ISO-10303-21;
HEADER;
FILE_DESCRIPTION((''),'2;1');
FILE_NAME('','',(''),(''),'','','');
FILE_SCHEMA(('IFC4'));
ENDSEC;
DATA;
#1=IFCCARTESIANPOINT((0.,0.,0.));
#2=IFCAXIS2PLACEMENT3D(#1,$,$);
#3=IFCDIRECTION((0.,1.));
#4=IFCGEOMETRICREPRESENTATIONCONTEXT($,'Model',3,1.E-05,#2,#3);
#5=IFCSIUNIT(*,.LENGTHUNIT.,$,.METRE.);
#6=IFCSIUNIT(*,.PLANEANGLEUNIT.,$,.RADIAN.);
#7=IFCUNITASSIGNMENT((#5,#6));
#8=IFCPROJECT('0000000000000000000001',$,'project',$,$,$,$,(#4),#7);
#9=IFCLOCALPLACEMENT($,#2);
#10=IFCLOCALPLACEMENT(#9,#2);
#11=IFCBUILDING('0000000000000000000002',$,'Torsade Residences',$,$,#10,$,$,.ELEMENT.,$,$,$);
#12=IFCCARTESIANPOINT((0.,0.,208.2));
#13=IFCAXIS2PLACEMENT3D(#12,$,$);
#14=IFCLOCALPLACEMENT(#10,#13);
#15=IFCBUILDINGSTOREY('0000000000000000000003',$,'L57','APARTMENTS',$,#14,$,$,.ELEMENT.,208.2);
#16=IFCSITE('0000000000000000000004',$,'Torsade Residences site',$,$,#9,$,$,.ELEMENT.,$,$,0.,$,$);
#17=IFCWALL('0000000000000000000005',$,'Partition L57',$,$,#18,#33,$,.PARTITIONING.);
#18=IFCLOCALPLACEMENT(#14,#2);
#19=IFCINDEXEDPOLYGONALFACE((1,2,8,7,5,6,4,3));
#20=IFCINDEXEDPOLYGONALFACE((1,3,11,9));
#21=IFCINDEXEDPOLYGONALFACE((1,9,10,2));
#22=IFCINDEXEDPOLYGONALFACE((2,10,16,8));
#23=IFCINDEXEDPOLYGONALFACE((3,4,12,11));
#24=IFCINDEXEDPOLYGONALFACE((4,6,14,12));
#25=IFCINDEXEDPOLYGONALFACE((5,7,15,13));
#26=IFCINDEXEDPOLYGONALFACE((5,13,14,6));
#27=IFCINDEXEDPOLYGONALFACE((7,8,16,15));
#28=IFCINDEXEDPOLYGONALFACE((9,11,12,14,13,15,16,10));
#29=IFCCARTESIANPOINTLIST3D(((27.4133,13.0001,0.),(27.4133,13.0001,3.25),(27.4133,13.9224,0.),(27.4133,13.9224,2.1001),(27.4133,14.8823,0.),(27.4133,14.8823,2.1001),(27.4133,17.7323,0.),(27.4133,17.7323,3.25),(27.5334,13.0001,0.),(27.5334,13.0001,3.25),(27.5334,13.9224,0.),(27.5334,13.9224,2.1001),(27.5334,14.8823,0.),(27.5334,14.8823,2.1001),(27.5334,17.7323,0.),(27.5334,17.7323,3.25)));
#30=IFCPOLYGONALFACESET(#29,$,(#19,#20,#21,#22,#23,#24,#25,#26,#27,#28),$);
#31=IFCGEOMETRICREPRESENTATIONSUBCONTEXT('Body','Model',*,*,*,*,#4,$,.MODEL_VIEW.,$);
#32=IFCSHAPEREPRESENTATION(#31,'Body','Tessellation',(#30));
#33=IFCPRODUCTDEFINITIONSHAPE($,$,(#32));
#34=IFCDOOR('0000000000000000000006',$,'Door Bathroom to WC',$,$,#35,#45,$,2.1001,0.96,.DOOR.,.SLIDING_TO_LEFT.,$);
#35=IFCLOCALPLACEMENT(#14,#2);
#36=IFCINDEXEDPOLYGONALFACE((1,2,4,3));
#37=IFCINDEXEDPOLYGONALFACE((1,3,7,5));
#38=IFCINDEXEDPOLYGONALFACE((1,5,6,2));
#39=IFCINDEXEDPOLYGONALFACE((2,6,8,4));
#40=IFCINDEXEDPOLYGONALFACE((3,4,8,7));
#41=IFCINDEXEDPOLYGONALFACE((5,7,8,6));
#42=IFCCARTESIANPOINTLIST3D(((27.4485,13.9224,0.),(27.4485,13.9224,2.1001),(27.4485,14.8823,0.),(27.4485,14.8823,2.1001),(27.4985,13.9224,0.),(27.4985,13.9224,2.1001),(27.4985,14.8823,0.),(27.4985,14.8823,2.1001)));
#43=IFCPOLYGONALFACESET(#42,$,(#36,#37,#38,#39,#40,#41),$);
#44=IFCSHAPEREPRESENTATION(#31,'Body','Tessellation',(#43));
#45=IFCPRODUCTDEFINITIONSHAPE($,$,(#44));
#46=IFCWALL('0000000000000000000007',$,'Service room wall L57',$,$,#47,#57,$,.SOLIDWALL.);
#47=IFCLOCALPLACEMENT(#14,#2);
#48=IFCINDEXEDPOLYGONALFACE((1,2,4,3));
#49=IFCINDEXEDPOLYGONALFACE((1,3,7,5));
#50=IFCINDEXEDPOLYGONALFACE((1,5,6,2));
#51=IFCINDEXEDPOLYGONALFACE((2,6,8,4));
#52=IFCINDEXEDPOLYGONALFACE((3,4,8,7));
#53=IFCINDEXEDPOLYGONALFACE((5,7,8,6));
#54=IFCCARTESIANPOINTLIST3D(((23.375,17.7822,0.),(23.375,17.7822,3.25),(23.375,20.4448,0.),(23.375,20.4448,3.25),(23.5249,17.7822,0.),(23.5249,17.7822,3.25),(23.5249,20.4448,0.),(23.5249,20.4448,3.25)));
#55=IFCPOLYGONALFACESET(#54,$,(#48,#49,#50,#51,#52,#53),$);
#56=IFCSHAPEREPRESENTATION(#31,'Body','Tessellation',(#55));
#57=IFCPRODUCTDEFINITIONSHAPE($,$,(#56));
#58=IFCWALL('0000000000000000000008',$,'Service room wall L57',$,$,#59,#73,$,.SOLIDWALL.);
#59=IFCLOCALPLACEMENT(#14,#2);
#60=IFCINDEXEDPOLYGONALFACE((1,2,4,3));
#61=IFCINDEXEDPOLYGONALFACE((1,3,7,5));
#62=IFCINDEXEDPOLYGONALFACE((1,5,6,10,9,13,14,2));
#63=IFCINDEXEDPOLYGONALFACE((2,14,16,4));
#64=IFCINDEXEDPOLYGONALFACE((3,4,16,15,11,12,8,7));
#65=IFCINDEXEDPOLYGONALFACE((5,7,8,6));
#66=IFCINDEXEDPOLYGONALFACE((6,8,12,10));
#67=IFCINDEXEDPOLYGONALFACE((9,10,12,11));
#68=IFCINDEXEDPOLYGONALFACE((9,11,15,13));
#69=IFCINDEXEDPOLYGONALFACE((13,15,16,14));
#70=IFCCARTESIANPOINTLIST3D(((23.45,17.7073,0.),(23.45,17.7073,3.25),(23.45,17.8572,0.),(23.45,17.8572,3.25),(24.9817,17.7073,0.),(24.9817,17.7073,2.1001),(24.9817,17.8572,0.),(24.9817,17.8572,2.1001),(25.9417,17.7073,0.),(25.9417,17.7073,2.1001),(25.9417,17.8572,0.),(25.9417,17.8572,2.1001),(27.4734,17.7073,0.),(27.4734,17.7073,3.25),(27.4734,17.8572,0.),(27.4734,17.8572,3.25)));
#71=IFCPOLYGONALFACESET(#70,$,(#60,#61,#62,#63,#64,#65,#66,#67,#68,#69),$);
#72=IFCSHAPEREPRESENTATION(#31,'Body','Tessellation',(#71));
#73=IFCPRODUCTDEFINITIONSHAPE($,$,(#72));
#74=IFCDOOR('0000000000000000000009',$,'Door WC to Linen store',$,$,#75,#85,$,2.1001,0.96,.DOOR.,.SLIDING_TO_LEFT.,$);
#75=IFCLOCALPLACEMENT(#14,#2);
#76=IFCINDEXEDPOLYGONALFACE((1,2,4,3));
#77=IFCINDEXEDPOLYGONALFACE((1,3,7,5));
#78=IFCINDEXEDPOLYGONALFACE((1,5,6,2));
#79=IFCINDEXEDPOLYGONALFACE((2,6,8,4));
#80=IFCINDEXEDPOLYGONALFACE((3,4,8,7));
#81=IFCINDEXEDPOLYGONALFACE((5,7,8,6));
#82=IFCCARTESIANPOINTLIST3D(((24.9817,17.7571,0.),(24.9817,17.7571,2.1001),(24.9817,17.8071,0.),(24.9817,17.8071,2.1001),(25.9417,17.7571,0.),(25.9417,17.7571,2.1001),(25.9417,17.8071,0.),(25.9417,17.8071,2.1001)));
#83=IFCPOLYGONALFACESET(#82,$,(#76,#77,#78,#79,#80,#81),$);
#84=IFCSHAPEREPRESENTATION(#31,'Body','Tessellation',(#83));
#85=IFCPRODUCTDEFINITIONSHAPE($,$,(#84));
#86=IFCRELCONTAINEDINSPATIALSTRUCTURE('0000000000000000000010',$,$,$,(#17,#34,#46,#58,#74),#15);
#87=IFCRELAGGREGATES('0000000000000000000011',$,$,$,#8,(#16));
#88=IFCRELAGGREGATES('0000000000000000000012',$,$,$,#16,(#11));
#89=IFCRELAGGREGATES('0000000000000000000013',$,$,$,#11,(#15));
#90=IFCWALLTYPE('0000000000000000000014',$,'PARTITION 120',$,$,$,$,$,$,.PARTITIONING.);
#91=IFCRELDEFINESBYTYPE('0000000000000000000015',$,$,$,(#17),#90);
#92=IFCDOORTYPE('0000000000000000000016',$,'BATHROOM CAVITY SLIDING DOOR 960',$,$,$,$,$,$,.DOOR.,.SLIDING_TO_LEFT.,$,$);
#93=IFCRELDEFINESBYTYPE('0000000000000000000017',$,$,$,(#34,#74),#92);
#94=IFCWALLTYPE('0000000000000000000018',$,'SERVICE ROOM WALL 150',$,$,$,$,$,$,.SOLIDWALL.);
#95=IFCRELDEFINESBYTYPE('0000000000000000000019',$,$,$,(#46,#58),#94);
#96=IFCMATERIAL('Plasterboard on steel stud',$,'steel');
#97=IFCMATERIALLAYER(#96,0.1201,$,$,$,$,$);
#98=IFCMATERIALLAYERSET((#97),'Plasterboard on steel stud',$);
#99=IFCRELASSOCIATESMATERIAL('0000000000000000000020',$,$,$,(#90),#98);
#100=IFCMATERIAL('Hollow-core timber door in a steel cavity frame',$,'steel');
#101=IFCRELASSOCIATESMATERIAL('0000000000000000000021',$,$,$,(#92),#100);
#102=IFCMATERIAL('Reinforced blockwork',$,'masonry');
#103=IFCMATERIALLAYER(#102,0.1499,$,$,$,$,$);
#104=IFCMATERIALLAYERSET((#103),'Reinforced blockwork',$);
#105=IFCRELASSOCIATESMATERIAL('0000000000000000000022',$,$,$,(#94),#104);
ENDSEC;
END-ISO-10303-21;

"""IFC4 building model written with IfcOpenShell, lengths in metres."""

from ifc_helpers import new_model, si_unit, direction, frame, frame_2d, origin, place, context, subcontext, project, spatial, rectangle, extrude, material, layer, layer_set, type_object, element, fill, save


model = new_model("IFC4")

# Units and contexts
model_context = context("Model", 3, precision=1e-05, world=origin(), true_north=direction((0.0, 1.0)))
body_context = subcontext(model_context, "Body", "Model", "MODEL_VIEW")
ifc_project = project(units=[si_unit("LENGTHUNIT", "METRE"), si_unit("PLANEANGLEUNIT", "RADIAN")], contexts=[model_context])

# Site, building, storey
site_placement = place(None, origin())
site = spatial("IfcSite", under=ifc_project, at=site_placement, Name="Torsade Residences site", CompositionType="ELEMENT", RefElevation=0.0)
building_placement = place(site_placement, origin())
building = spatial("IfcBuilding", under=site, at=building_placement, Name="Torsade Residences", CompositionType="ELEMENT")
storey_placement = place(building_placement, frame((0.0, 0.0, 208.2)))
storey = spatial("IfcBuildingStorey", under=building, at=storey_placement, Name="L57", Description="APARTMENTS", CompositionType="ELEMENT", Elevation=208.2)

# Shared definitions
ifc_material_1 = material(Name="Plasterboard on steel stud", Category="steel")
ifc_layer_1 = layer(ifc_material_1, 0.1201)
ifc_layer_set_1 = layer_set([ifc_layer_1], Name="Plasterboard on steel stud")
wall_type_1 = type_object("IfcWallType", Name="PARTITION 120", PredefinedType="PARTITIONING", material=ifc_layer_set_1)
ifc_material_2 = material(Name="Hollow-core timber door in a steel cavity frame", Category="steel")
door_type_1 = type_object("IfcDoorType", Name="BATHROOM CAVITY SLIDING DOOR 960", OperationType="SLIDING_TO_LEFT", PredefinedType="DOOR", material=ifc_material_2)

# Wall, opening, door
wall_1_placement = place(storey_placement, frame((27.4734, 13.0, 0.0), z_axis=(0.0, 0.0, 1.0), x_axis=(0.0, 1.0, 0.0)))
wall_1 = element("IfcWall", 1, at=wall_1_placement, inside=storey, type_object=wall_type_1, Name="Partition L57", PredefinedType="PARTITIONING", context=body_context, shape_type="SweptSolid", body=[
    extrude(rectangle(XDim=4.7322, YDim=0.1201, at=frame_2d((2.3662, 0.0))), origin(), (0.0, 0.0, 1.0), 3.25),
])
opening_1_placement = place(wall_1_placement, frame((0.9224, 0.0, 0.0)))
opening_1 = element("IfcOpeningElement", 2, at=opening_1_placement, cuts=wall_1, PredefinedType="OPENING", context=body_context, shape_type="SweptSolid", body=[
    extrude(rectangle(XDim=0.96, YDim=2.1001, at=frame_2d((0.48, 1.05))), frame((0.0, 0.0701, 0.0), z_axis=(0.0, -1.0, 0.0), x_axis=(1.0, 0.0, 0.0)), (0.0, 0.0, 1.0), 0.1401),
])
door_1_placement = place(opening_1_placement, origin())
door_1 = element("IfcDoor", 3, at=door_1_placement, inside=storey, type_object=door_type_1, Name="Door Bathroom to WC", OperationType="SLIDING_TO_LEFT", OverallHeight=2.1001, OverallWidth=0.96, PredefinedType="DOOR", context=body_context, shape_type="SweptSolid", body=[
    extrude(rectangle(XDim=0.96, YDim=2.1001, at=frame_2d((0.48, 1.05))), frame((0.0, 0.0249, 0.0), z_axis=(0.0, -1.0, 0.0), x_axis=(1.0, 0.0, 0.0)), (0.0, 0.0, 1.0), 0.05),
])
fill(opening_1, door_1)

# Wall
ifc_material_3 = material(Name="Reinforced blockwork", Category="masonry")
ifc_layer_2 = layer(ifc_material_3, 0.1499)
ifc_layer_set_2 = layer_set([ifc_layer_2], Name="Reinforced blockwork")
wall_type_2 = type_object("IfcWallType", Name="SERVICE ROOM WALL 150", PredefinedType="SOLIDWALL", material=ifc_layer_set_2)
wall_2_placement = place(storey_placement, frame((23.45, 20.4448, 0.0), z_axis=(0.0, 0.0, 1.0), x_axis=(0.0, -1.0, 0.0)))
element("IfcWall", 4, at=wall_2_placement, inside=storey, type_object=wall_type_2, Name="Service room wall L57", PredefinedType="SOLIDWALL", context=body_context, shape_type="SweptSolid", body=[
    extrude(rectangle(XDim=2.6626, YDim=0.1499, at=frame_2d((1.3313, 0.0))), origin(), (0.0, 0.0, 1.0), 3.25),
])

# Wall, opening, door
wall_3_placement = place(storey_placement, frame((23.45, 17.7822, 0.0), z_axis=(0.0, 0.0, 1.0), x_axis=(1.0, 0.0, 0.0)))
wall_3 = element("IfcWall", 5, at=wall_3_placement, inside=storey, type_object=wall_type_2, Name="Service room wall L57", PredefinedType="SOLIDWALL", context=body_context, shape_type="SweptSolid", body=[
    extrude(rectangle(XDim=4.0234, YDim=0.1499, at=frame_2d((2.0117, 0.0))), origin(), (0.0, 0.0, 1.0), 3.25),
])
opening_2_placement = place(wall_3_placement, frame((1.5317, 0.0, 0.0)))
opening_2 = element("IfcOpeningElement", 6, at=opening_2_placement, cuts=wall_3, PredefinedType="OPENING", context=body_context, shape_type="SweptSolid", body=[
    extrude(rectangle(XDim=0.96, YDim=2.1001, at=frame_2d((0.48, 1.05))), frame((0.0, 0.085, 0.0), z_axis=(0.0, -1.0, 0.0), x_axis=(1.0, 0.0, 0.0)), (0.0, 0.0, 1.0), 0.1699),
])
door_2_placement = place(opening_2_placement, origin())
door_2 = element("IfcDoor", 7, at=door_2_placement, inside=storey, type_object=door_type_1, Name="Door WC to Linen store", OperationType="SLIDING_TO_LEFT", OverallHeight=2.1001, OverallWidth=0.96, PredefinedType="DOOR", context=body_context, shape_type="SweptSolid", body=[
    extrude(rectangle(XDim=0.96, YDim=2.1001, at=frame_2d((0.48, 1.05))), frame((0.0, 0.0249, 0.0), z_axis=(0.0, -1.0, 0.0), x_axis=(1.0, 0.0, 0.0)), (0.0, 0.0, 1.0), 0.05),
])
fill(opening_2, door_2)

save(model, "model.ifc")
